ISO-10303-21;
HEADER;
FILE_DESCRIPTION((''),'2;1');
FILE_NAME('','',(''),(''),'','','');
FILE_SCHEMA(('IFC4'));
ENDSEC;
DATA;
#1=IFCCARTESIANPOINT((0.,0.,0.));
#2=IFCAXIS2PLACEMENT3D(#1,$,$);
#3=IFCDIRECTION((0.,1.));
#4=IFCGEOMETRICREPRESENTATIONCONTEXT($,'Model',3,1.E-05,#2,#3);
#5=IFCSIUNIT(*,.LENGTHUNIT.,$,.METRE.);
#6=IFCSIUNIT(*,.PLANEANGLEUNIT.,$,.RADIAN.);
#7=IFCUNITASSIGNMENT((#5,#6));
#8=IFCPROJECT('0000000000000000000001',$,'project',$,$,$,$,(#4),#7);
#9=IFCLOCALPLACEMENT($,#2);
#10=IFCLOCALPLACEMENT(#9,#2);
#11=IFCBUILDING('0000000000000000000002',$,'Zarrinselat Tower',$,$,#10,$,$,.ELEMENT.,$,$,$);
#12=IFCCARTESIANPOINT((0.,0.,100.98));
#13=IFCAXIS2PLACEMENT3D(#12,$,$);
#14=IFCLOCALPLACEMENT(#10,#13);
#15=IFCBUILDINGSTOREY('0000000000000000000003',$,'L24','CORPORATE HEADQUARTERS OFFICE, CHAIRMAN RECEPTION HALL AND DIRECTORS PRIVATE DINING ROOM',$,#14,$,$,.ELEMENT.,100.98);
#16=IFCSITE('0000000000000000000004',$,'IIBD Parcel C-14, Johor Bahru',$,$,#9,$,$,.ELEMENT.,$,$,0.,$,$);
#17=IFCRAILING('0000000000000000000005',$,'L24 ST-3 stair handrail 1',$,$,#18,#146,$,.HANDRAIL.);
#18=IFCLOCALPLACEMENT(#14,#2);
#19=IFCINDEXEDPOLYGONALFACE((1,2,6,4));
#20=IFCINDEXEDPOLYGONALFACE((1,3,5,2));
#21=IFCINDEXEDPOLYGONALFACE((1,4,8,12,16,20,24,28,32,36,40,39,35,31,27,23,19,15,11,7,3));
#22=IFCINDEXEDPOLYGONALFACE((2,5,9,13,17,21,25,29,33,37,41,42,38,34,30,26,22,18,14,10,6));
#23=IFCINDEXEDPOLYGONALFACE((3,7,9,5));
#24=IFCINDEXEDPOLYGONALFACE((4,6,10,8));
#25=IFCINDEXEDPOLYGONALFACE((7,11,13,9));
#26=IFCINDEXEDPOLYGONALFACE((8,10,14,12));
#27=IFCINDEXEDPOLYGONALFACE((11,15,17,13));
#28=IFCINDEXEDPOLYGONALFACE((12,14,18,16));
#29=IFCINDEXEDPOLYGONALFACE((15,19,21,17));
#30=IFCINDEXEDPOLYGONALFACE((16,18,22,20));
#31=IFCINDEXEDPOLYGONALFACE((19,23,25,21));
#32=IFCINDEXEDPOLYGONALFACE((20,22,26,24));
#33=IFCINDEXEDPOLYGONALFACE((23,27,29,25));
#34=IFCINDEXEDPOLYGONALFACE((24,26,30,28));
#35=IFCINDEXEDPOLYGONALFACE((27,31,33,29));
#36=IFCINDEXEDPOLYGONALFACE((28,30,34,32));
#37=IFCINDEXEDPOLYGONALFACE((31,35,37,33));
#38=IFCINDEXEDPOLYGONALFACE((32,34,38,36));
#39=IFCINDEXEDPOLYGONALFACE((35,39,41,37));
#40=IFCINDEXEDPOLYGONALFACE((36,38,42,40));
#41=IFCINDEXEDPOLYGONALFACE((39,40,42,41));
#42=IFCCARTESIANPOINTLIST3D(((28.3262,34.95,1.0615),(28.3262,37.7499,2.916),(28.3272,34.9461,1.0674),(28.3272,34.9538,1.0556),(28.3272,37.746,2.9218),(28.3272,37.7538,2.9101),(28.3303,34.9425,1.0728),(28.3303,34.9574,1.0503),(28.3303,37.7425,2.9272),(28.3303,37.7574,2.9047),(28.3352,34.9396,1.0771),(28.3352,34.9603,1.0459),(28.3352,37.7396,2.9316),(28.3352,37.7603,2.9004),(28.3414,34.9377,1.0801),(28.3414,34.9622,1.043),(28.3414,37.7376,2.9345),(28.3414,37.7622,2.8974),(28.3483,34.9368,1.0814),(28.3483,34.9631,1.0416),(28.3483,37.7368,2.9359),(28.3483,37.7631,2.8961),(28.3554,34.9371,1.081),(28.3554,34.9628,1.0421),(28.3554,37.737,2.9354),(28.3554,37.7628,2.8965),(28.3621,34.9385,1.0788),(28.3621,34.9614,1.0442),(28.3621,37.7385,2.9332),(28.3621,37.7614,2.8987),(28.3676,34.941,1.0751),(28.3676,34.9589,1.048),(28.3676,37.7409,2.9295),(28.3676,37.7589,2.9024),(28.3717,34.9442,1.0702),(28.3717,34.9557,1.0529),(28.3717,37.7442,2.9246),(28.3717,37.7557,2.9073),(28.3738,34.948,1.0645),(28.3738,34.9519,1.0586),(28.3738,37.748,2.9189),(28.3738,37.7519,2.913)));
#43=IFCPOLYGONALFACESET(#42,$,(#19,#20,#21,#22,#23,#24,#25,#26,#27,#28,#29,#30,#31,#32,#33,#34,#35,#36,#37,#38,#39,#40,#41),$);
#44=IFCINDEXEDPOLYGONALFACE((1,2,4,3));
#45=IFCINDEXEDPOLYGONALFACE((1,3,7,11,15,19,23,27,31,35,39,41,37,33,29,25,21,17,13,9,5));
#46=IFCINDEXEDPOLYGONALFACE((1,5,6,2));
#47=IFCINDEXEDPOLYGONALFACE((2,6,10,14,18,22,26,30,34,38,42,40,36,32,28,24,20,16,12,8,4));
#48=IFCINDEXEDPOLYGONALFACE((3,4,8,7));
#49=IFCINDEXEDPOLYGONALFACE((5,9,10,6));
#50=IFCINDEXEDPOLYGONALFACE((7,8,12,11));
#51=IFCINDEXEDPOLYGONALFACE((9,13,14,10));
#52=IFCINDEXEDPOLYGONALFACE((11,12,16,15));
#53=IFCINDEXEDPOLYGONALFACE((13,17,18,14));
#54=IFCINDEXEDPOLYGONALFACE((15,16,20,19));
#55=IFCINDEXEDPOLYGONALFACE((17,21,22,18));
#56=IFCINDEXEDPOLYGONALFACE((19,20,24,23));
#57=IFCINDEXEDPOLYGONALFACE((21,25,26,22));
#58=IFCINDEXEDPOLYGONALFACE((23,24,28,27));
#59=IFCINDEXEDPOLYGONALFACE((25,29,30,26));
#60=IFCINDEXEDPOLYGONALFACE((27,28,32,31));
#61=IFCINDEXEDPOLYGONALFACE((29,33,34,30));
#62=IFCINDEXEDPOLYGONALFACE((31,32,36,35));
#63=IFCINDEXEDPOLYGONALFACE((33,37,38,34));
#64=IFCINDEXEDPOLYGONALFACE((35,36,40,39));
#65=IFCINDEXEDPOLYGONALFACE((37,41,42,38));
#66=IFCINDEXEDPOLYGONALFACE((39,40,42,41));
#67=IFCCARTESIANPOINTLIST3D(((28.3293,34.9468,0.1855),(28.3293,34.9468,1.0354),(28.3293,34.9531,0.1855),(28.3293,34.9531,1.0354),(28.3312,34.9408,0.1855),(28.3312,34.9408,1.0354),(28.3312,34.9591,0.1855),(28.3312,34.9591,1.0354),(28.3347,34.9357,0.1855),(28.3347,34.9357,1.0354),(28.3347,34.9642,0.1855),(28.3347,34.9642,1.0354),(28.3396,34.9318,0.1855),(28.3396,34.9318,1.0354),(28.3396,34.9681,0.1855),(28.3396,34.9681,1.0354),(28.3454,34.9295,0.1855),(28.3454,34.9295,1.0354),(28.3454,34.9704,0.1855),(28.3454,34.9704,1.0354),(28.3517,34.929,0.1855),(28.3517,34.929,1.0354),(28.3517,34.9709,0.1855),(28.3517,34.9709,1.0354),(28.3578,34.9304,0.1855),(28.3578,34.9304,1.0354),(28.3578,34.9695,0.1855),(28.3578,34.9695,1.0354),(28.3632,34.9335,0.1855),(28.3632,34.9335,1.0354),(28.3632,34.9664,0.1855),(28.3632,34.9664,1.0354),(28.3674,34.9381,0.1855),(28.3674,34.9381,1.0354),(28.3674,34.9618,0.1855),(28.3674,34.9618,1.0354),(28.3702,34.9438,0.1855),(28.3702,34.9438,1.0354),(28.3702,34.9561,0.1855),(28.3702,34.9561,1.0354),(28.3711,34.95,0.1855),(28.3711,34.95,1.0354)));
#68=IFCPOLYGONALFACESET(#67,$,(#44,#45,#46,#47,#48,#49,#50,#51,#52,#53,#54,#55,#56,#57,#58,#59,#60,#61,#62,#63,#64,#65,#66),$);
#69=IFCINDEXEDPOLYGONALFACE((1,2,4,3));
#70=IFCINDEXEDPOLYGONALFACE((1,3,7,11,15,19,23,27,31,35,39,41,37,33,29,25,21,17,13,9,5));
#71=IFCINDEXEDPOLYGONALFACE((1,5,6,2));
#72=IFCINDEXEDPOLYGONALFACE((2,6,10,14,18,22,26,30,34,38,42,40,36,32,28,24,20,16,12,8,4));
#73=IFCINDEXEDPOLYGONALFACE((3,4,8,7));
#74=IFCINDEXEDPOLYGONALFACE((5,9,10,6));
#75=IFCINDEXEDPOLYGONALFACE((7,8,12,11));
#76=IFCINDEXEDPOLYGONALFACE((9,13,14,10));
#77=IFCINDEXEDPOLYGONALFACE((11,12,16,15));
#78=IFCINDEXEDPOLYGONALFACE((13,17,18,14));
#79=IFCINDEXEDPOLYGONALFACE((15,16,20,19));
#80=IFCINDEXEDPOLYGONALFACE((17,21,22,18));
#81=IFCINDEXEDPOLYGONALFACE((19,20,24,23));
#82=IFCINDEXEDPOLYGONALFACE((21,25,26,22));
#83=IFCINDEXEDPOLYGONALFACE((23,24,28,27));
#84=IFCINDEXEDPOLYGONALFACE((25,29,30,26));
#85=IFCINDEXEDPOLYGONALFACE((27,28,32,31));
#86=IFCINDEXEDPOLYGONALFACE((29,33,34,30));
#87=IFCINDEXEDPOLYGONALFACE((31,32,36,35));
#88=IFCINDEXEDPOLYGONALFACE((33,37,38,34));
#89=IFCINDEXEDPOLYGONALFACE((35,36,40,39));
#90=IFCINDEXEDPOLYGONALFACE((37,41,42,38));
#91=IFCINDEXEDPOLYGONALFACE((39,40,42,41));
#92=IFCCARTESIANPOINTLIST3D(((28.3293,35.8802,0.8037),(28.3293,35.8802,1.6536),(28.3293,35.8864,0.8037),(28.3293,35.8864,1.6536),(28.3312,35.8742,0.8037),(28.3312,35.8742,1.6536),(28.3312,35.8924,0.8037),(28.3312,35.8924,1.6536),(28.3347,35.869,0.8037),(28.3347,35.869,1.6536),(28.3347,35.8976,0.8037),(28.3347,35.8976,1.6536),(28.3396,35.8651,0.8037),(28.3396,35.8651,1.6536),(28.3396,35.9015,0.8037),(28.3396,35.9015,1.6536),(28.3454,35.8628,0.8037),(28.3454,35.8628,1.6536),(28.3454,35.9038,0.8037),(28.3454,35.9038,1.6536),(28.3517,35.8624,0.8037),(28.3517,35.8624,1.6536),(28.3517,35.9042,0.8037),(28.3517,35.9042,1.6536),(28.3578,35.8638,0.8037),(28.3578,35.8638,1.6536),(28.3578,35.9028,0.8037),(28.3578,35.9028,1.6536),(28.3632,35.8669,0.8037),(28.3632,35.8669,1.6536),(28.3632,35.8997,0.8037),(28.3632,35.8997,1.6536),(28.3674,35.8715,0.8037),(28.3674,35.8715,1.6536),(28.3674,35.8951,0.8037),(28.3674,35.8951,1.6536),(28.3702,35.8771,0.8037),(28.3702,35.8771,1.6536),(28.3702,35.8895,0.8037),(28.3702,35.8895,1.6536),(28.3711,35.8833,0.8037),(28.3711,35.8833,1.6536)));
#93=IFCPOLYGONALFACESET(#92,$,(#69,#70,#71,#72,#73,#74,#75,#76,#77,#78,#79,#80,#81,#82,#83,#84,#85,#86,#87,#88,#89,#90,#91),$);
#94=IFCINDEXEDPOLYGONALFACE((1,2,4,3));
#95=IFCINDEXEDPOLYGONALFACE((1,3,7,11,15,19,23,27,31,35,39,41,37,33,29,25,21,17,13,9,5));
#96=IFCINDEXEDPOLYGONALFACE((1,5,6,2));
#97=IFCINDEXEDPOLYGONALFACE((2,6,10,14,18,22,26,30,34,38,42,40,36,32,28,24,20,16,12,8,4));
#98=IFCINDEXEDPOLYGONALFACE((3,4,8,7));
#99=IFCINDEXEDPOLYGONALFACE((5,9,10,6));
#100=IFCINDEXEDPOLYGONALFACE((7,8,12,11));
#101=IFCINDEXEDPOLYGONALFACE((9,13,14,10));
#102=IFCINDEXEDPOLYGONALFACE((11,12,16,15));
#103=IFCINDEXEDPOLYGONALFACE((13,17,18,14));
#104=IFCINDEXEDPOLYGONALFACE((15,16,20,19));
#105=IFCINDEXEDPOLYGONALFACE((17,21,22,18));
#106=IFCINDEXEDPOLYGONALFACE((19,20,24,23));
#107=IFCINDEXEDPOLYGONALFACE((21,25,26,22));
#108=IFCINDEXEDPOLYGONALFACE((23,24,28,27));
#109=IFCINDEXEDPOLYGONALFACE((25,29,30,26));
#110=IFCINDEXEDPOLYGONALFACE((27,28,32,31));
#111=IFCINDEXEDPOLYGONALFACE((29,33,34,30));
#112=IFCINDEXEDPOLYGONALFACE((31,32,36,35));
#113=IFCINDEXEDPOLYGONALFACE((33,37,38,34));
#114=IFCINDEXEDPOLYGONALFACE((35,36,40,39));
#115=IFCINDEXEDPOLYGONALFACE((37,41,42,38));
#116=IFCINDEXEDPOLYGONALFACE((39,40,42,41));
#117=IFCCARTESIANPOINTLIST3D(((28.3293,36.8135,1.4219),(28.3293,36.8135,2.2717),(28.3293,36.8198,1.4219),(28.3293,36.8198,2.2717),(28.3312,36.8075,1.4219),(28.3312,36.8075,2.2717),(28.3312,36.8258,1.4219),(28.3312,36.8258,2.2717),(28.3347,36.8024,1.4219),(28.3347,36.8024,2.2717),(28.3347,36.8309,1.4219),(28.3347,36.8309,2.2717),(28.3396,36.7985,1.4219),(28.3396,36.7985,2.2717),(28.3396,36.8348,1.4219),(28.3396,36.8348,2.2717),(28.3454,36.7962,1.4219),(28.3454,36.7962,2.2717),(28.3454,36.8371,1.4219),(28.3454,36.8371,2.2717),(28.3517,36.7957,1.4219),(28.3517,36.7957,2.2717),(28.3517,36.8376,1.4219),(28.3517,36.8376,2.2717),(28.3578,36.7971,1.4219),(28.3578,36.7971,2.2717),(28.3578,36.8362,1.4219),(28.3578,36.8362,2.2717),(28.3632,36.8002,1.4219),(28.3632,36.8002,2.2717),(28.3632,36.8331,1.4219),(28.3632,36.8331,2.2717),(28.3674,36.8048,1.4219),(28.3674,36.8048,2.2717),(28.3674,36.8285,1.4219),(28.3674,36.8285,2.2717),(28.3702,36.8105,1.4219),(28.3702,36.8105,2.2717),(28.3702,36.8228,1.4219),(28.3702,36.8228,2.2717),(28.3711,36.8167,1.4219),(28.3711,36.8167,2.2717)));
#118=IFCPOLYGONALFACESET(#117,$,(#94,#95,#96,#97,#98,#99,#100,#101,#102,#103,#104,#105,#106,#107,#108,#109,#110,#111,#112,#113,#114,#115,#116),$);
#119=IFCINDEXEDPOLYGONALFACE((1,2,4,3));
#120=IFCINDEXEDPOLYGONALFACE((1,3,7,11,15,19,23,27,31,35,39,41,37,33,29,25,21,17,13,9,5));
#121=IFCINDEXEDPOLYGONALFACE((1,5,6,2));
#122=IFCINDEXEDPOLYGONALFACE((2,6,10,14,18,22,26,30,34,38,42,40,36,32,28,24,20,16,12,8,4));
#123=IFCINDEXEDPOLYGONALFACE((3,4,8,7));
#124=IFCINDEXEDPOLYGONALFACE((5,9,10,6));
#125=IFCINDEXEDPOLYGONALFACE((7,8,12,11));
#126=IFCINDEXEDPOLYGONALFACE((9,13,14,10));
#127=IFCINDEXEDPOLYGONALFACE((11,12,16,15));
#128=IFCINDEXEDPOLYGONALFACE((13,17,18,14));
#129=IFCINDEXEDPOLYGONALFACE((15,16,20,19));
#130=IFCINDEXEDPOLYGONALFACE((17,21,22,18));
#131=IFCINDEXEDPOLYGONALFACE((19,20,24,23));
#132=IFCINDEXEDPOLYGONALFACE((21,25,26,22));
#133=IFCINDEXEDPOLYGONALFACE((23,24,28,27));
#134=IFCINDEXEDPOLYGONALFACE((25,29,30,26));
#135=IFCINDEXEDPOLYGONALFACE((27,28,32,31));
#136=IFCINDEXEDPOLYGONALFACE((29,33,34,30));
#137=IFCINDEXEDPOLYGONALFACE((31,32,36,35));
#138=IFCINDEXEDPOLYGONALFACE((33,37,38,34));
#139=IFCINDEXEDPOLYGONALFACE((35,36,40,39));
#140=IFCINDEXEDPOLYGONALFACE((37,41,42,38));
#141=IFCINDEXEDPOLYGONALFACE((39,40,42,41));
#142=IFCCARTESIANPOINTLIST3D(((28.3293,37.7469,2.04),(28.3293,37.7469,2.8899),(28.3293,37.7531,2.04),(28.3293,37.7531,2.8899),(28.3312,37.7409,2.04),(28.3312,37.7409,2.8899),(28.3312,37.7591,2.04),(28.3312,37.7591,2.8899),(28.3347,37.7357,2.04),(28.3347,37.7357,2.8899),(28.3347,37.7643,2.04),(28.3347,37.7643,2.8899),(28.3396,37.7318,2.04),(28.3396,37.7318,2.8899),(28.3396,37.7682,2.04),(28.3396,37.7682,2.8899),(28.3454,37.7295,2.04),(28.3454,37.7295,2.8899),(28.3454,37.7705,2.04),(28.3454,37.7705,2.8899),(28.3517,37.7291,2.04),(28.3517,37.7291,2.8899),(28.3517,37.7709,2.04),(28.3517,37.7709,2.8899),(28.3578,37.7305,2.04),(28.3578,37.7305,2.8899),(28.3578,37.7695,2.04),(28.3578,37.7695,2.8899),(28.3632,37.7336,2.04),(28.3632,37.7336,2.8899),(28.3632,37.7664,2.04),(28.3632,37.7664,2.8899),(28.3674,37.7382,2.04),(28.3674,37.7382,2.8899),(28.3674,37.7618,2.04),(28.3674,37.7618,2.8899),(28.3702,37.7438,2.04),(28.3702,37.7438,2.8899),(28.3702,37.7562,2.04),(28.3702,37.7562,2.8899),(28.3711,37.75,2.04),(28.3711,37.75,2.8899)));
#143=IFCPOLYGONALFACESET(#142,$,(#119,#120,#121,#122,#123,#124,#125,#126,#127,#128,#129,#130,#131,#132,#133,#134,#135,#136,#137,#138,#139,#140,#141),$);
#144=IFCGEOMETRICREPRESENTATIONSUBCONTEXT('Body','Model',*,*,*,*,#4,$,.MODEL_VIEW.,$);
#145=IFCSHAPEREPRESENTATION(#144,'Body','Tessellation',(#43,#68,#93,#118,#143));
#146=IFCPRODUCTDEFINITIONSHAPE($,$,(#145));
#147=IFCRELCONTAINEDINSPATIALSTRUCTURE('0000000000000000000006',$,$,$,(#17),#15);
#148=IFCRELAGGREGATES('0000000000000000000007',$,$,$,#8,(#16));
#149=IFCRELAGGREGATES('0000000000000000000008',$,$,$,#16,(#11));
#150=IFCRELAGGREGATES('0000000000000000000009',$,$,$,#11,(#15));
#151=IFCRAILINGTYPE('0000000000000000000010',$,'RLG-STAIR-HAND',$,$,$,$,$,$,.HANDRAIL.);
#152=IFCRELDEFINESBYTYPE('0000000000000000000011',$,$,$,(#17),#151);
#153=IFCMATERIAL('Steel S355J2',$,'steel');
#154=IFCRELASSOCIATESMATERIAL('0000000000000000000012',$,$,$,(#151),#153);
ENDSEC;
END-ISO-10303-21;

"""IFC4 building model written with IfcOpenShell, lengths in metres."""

from ifc_helpers import new_model, si_unit, direction, frame, origin, origin_2d, place, context, subcontext, project, spatial, circle, extrude, material, type_object, element, save


model = new_model("IFC4")

# Units and contexts
model_context = context("Model", 3, precision=1e-05, world=origin(), true_north=direction((0.0, 1.0)))
body_context = subcontext(model_context, "Body", "Model", "MODEL_VIEW")
ifc_project = project(units=[si_unit("LENGTHUNIT", "METRE"), si_unit("PLANEANGLEUNIT", "RADIAN")], contexts=[model_context])

# Site, building, storey
site_placement = place(None, origin())
site = spatial("IfcSite", under=ifc_project, at=site_placement, Name="IIBD Parcel C-14, Johor Bahru", CompositionType="ELEMENT", RefElevation=0.0)
building_placement = place(site_placement, origin())
building = spatial("IfcBuilding", under=site, at=building_placement, Name="Zarrinselat Tower", CompositionType="ELEMENT")
storey_placement = place(building_placement, frame((0.0, 0.0, 100.98)))
storey = spatial("IfcBuildingStorey", under=building, at=storey_placement, Name="L24", Description="CORPORATE HEADQUARTERS OFFICE, CHAIRMAN RECEPTION HALL AND DIRECTORS PRIVATE DINING ROOM", CompositionType="ELEMENT", Elevation=100.98)

# Railing
ifc_material_1 = material(Name="Steel S355J2", Category="steel")
railing_type_1 = type_object("IfcRailingType", Name="RLG-STAIR-HAND", PredefinedType="HANDRAIL", material=ifc_material_1)
railing_1_placement = place(storey_placement, frame((28.3501, 34.95, 0.1855)))
element("IfcRailing", 1, at=railing_1_placement, inside=storey, type_object=railing_type_1, Name="L24 ST-3 stair handrail 1", PredefinedType="HANDRAIL", context=body_context, shape_type="SweptSolid", body=[
    extrude(circle(Radius=0.0239, at=origin_2d()), frame((0.0, 0.0, 0.876), z_axis=(0.0, 0.833724, 0.552181), x_axis=(-1.0, 0.0, 0.0)), (0.0, 0.0, 1.0), 3.3584),
    extrude(circle(Radius=0.021, at=origin_2d()), origin(), (0.0, 0.0, 1.0), 0.8499),
    extrude(circle(Radius=0.021, at=origin_2d()), frame((0.0, 0.9333, 0.6182)), (0.0, 0.0, 1.0), 0.8499),
    extrude(circle(Radius=0.021, at=origin_2d()), frame((0.0, 1.8667, 1.2363)), (0.0, 0.0, 1.0), 0.8499),
    extrude(circle(Radius=0.021, at=origin_2d()), frame((0.0, 2.8, 1.8545)), (0.0, 0.0, 1.0), 0.8499),
])

save(model, "model.ifc")
